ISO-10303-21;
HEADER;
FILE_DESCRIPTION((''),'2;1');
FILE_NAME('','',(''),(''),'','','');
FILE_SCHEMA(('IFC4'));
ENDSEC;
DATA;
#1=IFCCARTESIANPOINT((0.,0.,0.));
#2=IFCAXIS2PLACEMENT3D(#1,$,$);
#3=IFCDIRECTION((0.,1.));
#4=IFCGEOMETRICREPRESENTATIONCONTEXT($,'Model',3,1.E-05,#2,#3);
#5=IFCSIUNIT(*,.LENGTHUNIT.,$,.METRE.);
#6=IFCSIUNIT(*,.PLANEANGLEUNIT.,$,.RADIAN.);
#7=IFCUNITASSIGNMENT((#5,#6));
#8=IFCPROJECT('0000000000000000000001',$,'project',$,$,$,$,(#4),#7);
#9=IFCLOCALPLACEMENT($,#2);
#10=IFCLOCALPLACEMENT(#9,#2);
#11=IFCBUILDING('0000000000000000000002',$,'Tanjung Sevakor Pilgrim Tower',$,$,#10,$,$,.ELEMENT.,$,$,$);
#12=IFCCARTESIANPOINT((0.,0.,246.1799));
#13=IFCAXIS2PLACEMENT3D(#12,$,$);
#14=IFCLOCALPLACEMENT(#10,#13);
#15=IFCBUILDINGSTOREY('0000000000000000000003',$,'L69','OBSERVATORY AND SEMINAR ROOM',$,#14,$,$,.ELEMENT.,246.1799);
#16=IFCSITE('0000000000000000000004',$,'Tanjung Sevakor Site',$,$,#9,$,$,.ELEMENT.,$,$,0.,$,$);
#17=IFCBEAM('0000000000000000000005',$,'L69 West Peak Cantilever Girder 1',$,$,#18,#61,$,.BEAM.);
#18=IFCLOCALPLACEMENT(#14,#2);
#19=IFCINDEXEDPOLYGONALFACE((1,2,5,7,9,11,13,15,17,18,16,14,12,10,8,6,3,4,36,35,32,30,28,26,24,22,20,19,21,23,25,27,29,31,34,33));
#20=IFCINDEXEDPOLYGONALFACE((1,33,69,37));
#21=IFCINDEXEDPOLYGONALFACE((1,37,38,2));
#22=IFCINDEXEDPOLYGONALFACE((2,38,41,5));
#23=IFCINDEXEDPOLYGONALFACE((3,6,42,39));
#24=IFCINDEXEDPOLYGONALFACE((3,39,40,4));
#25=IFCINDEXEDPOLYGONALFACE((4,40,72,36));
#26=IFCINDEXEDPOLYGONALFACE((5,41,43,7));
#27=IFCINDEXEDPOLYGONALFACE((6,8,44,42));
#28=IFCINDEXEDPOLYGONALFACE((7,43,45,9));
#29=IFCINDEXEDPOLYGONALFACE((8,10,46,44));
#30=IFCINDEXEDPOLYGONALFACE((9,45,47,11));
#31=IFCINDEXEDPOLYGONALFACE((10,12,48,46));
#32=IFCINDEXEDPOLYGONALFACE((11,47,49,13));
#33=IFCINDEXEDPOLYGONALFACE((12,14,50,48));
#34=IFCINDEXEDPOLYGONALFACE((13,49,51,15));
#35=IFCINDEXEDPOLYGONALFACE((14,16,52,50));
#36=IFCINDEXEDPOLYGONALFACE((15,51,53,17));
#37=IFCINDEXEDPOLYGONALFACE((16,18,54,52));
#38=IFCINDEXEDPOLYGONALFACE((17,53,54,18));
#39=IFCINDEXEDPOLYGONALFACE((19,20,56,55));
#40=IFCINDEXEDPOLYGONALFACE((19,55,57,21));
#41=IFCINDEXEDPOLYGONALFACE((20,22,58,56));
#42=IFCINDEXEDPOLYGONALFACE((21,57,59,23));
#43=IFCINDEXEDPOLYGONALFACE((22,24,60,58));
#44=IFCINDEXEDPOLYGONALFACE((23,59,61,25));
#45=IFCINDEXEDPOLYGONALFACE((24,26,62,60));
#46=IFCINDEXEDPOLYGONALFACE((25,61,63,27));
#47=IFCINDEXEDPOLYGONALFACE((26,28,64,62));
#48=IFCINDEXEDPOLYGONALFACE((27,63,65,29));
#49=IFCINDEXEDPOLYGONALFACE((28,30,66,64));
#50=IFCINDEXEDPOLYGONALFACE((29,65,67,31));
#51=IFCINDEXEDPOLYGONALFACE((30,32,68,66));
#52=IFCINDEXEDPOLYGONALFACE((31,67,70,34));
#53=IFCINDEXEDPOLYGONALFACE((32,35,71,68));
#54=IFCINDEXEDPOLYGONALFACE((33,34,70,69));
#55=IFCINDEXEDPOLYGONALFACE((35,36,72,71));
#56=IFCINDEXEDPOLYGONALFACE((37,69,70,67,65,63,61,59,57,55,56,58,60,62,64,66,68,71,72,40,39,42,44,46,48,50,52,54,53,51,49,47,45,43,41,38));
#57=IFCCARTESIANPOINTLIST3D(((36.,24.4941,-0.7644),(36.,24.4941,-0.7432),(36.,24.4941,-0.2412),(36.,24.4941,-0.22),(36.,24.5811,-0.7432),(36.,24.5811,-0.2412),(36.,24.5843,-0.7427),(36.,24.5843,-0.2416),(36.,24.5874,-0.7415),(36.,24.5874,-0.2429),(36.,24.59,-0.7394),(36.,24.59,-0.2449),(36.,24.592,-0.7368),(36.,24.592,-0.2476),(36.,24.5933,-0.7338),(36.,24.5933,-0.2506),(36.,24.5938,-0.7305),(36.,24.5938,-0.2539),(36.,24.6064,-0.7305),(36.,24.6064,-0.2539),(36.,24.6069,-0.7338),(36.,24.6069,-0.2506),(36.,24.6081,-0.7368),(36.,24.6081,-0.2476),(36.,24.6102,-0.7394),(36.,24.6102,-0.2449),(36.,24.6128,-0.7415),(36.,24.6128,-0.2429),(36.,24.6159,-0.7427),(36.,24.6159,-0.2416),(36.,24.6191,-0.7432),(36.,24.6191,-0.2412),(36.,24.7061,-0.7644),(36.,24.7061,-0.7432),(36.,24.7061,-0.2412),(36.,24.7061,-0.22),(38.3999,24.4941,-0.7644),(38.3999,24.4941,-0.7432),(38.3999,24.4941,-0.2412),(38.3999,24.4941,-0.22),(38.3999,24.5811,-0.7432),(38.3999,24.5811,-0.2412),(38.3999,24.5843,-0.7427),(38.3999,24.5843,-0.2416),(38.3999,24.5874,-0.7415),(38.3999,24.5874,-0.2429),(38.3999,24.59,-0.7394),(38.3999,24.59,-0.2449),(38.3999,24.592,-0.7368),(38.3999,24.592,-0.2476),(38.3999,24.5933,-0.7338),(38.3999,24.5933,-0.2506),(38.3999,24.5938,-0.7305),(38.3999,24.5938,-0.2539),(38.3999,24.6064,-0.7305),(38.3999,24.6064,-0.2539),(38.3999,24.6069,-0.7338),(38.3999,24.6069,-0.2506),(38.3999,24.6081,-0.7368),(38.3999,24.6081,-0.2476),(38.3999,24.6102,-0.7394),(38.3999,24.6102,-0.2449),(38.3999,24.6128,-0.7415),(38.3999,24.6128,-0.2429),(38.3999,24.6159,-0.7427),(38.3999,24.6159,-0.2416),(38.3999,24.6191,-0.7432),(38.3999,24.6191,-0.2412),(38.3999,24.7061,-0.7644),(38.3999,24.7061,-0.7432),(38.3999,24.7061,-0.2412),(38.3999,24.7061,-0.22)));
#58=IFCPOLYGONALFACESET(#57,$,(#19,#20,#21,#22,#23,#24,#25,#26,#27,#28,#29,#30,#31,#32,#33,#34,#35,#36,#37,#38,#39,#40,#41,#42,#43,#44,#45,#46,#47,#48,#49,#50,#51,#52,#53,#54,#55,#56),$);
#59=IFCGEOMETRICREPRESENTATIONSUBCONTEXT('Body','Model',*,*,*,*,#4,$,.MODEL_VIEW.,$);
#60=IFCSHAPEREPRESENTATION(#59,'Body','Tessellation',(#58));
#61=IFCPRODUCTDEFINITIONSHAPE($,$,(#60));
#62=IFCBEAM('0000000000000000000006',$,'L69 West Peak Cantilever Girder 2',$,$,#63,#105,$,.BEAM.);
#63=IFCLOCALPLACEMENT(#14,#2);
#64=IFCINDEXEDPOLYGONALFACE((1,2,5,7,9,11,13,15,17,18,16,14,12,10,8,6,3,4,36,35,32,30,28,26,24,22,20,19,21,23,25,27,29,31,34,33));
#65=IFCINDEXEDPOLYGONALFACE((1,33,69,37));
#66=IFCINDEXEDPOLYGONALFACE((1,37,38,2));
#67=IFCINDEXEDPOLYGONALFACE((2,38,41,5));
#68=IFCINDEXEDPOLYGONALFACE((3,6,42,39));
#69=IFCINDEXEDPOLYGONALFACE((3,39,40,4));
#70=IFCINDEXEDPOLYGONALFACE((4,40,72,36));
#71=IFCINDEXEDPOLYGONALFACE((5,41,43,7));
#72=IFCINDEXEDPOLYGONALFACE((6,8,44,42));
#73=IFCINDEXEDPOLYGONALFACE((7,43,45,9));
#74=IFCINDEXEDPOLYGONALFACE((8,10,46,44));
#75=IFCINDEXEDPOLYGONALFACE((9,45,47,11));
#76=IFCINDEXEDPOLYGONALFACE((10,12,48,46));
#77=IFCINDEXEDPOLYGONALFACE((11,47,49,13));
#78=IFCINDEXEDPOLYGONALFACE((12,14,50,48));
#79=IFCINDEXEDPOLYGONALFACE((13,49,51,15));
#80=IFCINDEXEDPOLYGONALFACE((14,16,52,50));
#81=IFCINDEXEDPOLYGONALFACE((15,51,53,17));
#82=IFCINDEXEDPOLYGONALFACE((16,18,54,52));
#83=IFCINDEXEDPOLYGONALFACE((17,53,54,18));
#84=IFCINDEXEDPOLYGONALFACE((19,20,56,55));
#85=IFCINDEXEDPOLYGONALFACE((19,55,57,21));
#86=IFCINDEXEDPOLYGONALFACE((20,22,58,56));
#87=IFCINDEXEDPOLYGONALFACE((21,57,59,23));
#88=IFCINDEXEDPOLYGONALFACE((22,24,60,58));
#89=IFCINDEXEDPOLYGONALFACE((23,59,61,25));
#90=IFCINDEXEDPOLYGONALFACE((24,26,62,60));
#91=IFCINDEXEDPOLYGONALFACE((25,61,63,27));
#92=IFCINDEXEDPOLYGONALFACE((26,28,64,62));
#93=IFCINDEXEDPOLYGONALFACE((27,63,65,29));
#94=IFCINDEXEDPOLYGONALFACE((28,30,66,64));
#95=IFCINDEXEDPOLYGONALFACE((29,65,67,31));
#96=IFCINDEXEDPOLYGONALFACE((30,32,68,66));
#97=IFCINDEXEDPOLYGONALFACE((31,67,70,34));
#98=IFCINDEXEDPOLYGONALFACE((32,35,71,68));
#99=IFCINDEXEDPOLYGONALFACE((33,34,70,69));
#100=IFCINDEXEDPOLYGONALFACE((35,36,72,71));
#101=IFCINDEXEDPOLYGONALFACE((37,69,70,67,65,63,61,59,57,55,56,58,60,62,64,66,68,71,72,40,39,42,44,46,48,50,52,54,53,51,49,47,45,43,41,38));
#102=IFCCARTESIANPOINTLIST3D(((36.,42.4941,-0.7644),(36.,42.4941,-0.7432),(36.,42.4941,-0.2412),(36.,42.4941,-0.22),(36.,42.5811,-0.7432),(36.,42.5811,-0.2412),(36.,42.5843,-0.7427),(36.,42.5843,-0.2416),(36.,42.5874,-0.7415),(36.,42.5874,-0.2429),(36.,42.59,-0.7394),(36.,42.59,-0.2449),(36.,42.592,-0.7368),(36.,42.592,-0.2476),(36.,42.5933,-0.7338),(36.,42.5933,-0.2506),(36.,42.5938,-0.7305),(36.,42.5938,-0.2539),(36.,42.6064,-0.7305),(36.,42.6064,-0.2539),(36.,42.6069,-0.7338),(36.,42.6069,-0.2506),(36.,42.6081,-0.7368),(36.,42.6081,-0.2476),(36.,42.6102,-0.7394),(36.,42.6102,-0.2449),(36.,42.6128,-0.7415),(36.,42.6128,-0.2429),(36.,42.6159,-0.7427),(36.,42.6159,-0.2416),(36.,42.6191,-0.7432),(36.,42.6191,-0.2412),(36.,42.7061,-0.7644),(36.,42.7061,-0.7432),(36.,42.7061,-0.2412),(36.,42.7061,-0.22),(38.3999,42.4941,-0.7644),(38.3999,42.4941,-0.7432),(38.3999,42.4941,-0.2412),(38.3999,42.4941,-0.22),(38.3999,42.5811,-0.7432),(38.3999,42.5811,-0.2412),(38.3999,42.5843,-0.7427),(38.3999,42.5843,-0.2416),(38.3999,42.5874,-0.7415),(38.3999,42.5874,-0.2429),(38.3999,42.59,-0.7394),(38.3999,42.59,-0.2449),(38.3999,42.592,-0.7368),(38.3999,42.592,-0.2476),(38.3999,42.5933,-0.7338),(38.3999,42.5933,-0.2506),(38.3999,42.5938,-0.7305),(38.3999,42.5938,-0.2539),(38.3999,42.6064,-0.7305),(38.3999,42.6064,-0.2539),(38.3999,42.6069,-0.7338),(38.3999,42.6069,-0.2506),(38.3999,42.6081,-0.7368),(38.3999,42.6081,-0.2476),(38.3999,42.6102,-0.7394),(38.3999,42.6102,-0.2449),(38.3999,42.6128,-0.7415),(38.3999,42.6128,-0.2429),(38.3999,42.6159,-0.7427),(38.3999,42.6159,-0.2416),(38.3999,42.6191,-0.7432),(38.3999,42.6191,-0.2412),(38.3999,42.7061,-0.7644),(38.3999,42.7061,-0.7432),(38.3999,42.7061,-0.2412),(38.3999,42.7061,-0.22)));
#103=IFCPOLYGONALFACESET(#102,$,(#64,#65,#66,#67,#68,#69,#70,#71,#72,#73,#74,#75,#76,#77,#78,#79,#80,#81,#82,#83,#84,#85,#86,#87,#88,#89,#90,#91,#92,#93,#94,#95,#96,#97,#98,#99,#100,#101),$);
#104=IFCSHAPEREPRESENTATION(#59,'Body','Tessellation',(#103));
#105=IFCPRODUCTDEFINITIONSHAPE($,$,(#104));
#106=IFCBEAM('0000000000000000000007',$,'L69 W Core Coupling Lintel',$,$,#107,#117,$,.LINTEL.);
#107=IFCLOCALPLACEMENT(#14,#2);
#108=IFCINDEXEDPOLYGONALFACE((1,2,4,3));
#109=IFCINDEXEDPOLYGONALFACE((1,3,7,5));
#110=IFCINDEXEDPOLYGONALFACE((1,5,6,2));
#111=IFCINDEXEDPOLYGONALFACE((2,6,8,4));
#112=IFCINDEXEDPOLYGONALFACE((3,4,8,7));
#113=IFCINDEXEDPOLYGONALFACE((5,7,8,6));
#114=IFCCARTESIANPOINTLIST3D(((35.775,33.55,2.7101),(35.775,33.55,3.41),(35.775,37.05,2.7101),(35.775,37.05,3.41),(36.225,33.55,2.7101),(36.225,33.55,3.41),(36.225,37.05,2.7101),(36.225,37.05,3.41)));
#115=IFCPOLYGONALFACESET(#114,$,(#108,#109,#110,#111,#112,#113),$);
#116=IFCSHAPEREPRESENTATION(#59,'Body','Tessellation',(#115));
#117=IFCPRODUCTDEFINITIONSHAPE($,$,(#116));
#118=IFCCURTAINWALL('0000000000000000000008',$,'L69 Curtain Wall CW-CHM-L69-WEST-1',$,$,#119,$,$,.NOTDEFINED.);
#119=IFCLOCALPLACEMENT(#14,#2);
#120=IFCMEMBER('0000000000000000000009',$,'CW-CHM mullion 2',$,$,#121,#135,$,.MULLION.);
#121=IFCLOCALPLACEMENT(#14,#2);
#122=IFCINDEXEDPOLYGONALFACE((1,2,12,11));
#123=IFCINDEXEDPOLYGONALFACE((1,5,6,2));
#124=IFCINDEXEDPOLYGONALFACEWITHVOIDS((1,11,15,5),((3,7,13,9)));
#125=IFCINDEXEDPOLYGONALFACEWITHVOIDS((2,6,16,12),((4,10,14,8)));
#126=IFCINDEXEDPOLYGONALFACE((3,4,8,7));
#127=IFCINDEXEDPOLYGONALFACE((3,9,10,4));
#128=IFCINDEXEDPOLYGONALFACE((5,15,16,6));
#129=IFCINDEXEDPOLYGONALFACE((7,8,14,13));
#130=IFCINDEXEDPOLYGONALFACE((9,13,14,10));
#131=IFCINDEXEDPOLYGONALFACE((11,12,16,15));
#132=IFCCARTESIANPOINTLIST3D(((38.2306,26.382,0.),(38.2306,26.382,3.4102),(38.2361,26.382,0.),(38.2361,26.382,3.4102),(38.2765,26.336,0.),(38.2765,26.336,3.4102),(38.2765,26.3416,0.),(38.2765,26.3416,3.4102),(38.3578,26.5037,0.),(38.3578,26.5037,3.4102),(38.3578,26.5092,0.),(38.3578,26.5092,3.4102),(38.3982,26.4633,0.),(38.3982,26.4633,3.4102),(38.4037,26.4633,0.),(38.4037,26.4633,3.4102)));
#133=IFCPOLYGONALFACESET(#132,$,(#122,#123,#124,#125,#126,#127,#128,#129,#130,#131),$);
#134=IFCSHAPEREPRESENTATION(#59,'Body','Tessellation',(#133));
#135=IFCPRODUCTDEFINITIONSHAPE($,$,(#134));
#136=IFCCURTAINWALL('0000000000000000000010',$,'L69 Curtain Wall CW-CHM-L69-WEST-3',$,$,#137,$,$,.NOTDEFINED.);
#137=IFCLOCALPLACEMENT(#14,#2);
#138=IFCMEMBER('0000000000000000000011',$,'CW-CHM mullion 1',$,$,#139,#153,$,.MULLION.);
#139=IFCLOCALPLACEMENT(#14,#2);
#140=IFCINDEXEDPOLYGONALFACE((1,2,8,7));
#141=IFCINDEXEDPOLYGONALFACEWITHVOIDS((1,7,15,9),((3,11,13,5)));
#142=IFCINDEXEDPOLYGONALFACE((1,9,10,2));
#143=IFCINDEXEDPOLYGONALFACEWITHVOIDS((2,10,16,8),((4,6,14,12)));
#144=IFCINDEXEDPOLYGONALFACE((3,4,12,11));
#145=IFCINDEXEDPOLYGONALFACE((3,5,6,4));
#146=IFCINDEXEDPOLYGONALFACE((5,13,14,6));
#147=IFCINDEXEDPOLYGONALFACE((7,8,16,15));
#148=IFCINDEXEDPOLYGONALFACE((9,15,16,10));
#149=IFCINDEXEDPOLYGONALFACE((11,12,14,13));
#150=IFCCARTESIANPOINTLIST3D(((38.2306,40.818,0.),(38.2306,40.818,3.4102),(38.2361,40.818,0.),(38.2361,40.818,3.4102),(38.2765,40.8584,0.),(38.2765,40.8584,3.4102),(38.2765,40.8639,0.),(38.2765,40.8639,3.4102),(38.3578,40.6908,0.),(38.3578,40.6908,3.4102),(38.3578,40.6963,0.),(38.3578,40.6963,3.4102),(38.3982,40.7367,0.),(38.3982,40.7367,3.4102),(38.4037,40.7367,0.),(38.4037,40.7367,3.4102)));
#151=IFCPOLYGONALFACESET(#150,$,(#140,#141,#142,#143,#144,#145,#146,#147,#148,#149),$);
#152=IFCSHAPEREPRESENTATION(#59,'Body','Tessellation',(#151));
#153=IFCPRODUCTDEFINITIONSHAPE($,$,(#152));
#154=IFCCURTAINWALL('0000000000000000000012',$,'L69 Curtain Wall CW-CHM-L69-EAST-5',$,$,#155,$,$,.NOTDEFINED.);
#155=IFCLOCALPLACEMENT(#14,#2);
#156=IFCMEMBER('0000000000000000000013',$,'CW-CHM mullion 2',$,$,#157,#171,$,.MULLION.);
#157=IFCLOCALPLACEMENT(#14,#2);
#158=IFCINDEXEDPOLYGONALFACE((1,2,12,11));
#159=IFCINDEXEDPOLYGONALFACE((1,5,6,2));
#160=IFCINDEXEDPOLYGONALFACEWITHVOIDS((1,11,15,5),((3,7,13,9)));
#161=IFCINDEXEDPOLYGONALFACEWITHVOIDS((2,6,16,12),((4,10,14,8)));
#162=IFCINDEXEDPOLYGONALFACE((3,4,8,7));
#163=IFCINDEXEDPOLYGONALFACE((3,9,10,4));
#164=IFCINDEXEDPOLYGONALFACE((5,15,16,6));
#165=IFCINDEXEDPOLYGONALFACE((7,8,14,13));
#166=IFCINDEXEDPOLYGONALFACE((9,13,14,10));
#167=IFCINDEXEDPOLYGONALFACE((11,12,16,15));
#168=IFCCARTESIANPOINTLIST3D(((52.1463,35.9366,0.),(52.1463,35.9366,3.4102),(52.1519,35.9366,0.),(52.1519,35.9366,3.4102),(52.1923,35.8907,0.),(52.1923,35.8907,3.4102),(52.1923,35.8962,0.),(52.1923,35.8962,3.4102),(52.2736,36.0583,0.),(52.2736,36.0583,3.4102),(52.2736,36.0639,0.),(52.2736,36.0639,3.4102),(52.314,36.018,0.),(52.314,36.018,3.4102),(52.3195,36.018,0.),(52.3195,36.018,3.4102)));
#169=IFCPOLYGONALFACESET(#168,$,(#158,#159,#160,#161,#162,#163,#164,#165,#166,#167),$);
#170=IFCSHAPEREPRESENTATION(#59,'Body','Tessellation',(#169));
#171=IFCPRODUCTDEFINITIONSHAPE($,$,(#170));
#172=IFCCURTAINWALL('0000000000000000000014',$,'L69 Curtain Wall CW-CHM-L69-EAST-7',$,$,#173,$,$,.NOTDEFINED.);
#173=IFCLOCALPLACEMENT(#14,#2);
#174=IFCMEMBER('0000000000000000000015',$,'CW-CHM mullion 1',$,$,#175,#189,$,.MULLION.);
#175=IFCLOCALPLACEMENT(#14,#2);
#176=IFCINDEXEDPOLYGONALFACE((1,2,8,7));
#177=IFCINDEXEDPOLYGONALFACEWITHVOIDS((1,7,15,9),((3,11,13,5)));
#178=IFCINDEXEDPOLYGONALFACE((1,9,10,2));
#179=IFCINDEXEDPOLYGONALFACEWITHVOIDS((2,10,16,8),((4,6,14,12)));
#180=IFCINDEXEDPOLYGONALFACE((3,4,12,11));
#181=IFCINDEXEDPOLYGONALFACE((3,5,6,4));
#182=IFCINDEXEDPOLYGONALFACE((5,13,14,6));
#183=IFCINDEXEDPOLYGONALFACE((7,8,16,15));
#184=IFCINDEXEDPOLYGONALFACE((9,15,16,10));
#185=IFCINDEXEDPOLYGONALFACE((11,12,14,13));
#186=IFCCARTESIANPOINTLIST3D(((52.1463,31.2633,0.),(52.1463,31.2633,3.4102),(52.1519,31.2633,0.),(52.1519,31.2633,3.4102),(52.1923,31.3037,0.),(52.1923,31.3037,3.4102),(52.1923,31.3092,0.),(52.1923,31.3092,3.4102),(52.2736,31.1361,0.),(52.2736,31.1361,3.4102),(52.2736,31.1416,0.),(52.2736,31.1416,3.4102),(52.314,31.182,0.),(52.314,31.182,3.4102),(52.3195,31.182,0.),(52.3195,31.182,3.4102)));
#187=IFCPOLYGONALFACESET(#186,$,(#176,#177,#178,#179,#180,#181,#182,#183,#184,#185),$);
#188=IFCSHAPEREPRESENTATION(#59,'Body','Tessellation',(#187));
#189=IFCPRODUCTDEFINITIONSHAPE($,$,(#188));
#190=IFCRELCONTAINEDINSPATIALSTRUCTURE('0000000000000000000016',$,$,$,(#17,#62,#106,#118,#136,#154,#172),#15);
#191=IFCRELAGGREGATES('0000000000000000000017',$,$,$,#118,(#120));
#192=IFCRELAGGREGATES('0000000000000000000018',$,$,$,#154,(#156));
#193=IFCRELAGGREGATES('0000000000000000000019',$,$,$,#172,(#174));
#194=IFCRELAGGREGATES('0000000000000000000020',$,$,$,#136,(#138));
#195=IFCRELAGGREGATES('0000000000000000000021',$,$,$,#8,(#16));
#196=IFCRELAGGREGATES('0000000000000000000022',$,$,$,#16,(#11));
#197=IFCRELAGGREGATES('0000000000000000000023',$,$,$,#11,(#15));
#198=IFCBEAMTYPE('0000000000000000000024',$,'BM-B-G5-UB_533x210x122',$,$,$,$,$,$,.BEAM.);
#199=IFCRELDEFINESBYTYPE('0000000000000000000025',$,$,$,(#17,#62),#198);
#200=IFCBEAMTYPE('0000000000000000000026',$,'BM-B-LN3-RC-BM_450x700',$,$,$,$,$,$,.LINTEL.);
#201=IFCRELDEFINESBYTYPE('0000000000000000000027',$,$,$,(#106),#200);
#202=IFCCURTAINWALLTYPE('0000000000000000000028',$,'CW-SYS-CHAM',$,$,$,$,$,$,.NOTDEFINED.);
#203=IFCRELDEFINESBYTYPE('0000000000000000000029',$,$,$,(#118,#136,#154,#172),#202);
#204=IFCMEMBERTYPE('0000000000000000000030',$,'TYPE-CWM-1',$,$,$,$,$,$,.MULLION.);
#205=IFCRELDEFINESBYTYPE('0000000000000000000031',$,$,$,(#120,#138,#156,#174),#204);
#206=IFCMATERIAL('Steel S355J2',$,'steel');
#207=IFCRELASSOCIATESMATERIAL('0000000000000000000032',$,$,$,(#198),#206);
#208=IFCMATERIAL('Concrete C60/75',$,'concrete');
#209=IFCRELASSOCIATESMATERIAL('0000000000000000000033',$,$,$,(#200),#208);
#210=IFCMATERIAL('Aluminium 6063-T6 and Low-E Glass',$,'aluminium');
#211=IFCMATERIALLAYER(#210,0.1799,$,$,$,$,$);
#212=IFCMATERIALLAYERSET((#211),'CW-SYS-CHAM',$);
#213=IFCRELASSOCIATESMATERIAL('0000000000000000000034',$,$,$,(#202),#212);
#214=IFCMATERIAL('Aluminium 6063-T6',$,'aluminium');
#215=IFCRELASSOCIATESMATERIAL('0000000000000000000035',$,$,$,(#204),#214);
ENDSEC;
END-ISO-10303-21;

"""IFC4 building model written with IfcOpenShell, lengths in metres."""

from ifc_helpers import new_model, si_unit, direction, frame, origin, origin_2d, place, context, subcontext, project, spatial, rectangle, hollow_rectangle, i_section, extrude, material, layer, layer_set, material_profile, profile_set, type_object, element, aggregate, save


model = new_model("IFC4")

# Units and contexts
model_context = context("Model", 3, precision=1e-05, world=origin(), true_north=direction((0.0, 1.0)))
body_context = subcontext(model_context, "Body", "Model", "MODEL_VIEW")
ifc_project = project(units=[si_unit("LENGTHUNIT", "METRE"), si_unit("PLANEANGLEUNIT", "RADIAN")], contexts=[model_context])

# Site, building, storey
site_placement = place(None, origin())
site = spatial("IfcSite", under=ifc_project, at=site_placement, Name="Tanjung Sevakor Site", CompositionType="ELEMENT", RefElevation=0.0)
building_placement = place(site_placement, origin())
building = spatial("IfcBuilding", under=site, at=building_placement, Name="Tanjung Sevakor Pilgrim Tower", CompositionType="ELEMENT")
storey_placement = place(building_placement, frame((0.0, 0.0, 246.1799)))
storey = spatial("IfcBuildingStorey", under=building, at=storey_placement, Name="L69", Description="OBSERVATORY AND SEMINAR ROOM", CompositionType="ELEMENT", Elevation=246.1799)

# Beams
ifc_material_1 = material(Name="Steel S355J2", Category="steel")
ifc_material_profile_1 = material_profile(ifc_material_1, i_section(OverallWidth=0.2119, OverallDepth=0.5444, WebThickness=0.0127, FlangeThickness=0.0212, FilletRadius=0.0127, at=origin_2d()))
ifc_profile_set_1 = profile_set([ifc_material_profile_1], Name="Steel S355J2")
beam_type_1 = type_object("IfcBeamType", Name="BM-B-G5-UB_533x210x122", PredefinedType="BEAM", material=ifc_profile_set_1)
for number, where, z_axis, x_axis, name in (
    (1, (36.0, 24.6001, -0.4922), (1.0, 0.0, 0.0), (0.0, 1.0, 0.0), "L69 West Peak Cantilever Girder 1"),
    (2, (36.0, 42.6001, -0.4922), (1.0, 0.0, 0.0), (0.0, 1.0, 0.0), "L69 West Peak Cantilever Girder 2"),
):
    element("IfcBeam", number, at=place(storey_placement, frame(where, z_axis=z_axis, x_axis=x_axis)), inside=storey, type_object=beam_type_1, Name=name, PredefinedType="BEAM", context=body_context, shape_type="SweptSolid", body=[
        extrude(i_section(OverallWidth=0.2119, OverallDepth=0.5444, WebThickness=0.0127, FlangeThickness=0.0212, FilletRadius=0.0127, at=origin_2d()), origin(), (0.0, 0.0, 1.0), 2.3999),
    ])
ifc_material_2 = material(Name="Concrete C60/75", Category="concrete")
ifc_material_profile_2 = material_profile(ifc_material_2, rectangle(XDim=0.45, YDim=0.7, at=origin_2d()))
ifc_profile_set_2 = profile_set([ifc_material_profile_2], Name="Concrete C60/75")
beam_type_2 = type_object("IfcBeamType", Name="BM-B-LN3-RC-BM_450x700", PredefinedType="LINTEL", material=ifc_profile_set_2)
beam_placement = place(storey_placement, frame((36.0, 33.55, 3.0601), z_axis=(0.0, 1.0, 0.0), x_axis=(-1.0, 0.0, 0.0)))
element("IfcBeam", 3, at=beam_placement, inside=storey, type_object=beam_type_2, Name="L69 W Core Coupling Lintel", PredefinedType="LINTEL", context=body_context, shape_type="SweptSolid", body=[
    extrude(rectangle(XDim=0.45, YDim=0.7, at=origin_2d()), origin(), (0.0, 0.0, 1.0), 3.5),
])

# Curtain walls, members
ifc_material_3 = material(Name="Aluminium 6063-T6 and Low-E Glass", Category="aluminium")
ifc_layer_1 = layer(ifc_material_3, 0.1799)
ifc_layer_set_1 = layer_set([ifc_layer_1], Name="CW-SYS-CHAM")
curtain_wall_type_1 = type_object("IfcCurtainWallType", Name="CW-SYS-CHAM", PredefinedType="NOTDEFINED", material=ifc_layer_set_1)
curtain_wall_1_placement = place(storey_placement, origin())
curtain_wall_1 = element("IfcCurtainWall", 4, at=curtain_wall_1_placement, inside=storey, type_object=curtain_wall_type_1, Name="L69 Curtain Wall CW-CHM-L69-WEST-1", PredefinedType="NOTDEFINED")
ifc_material_4 = material(Name="Aluminium 6063-T6", Category="aluminium")
ifc_material_profile_3 = material_profile(ifc_material_4, hollow_rectangle(XDim=0.0649, YDim=0.1799, WallThickness=0.0039, at=origin_2d()))
ifc_profile_set_3 = profile_set([ifc_material_profile_3], Name="Aluminium 6063-T6")
member_type_1 = type_object("IfcMemberType", Name="TYPE-CWM-1", PredefinedType="MULLION", material=ifc_profile_set_3)
member_1_placement = place(storey_placement, frame((38.3171, 26.4226, 0.0), z_axis=(0.0, 0.0, 1.0), x_axis=(-0.707107, 0.707107, 0.0)))
member_1 = element("IfcMember", 5, at=member_1_placement, type_object=member_type_1, Name="CW-CHM mullion 2", PredefinedType="MULLION", context=body_context, shape_type="SweptSolid", body=[
    extrude(hollow_rectangle(XDim=0.0649, YDim=0.1799, WallThickness=0.0039, at=origin_2d()), origin(), (0.0, 0.0, 1.0), 3.4102),
])
aggregate(curtain_wall_1, [member_1])
curtain_wall_2_placement = place(storey_placement, origin())
curtain_wall_2 = element("IfcCurtainWall", 6, at=curtain_wall_2_placement, inside=storey, type_object=curtain_wall_type_1, Name="L69 Curtain Wall CW-CHM-L69-WEST-3", PredefinedType="NOTDEFINED")
member_2_placement = place(storey_placement, frame((38.3171, 40.7773, 0.0), z_axis=(0.0, 0.0, 1.0), x_axis=(-0.707107, -0.707107, 0.0)))
member_2 = element("IfcMember", 7, at=member_2_placement, type_object=member_type_1, Name="CW-CHM mullion 1", PredefinedType="MULLION", context=body_context, shape_type="SweptSolid", body=[
    extrude(hollow_rectangle(XDim=0.0649, YDim=0.1799, WallThickness=0.0039, at=origin_2d()), origin(), (0.0, 0.0, 1.0), 3.4102),
])
curtain_wall_3_placement = place(storey_placement, origin())
curtain_wall_3 = element("IfcCurtainWall", 8, at=curtain_wall_3_placement, inside=storey, type_object=curtain_wall_type_1, Name="L69 Curtain Wall CW-CHM-L69-EAST-5", PredefinedType="NOTDEFINED")
member_3_placement = place(storey_placement, frame((52.2329, 35.9773, 0.0), z_axis=(0.0, 0.0, 1.0), x_axis=(0.707107, -0.707107, 0.0)))
member_3 = element("IfcMember", 9, at=member_3_placement, type_object=member_type_1, Name="CW-CHM mullion 2", PredefinedType="MULLION", context=body_context, shape_type="SweptSolid", body=[
    extrude(hollow_rectangle(XDim=0.0649, YDim=0.1799, WallThickness=0.0039, at=origin_2d()), origin(), (0.0, 0.0, 1.0), 3.4102),
])
aggregate(curtain_wall_3, [member_3])
curtain_wall_4_placement = place(storey_placement, origin())
curtain_wall_4 = element("IfcCurtainWall", 10, at=curtain_wall_4_placement, inside=storey, type_object=curtain_wall_type_1, Name="L69 Curtain Wall CW-CHM-L69-EAST-7", PredefinedType="NOTDEFINED")
member_4_placement = place(storey_placement, frame((52.2329, 31.2227, 0.0), z_axis=(0.0, 0.0, 1.0), x_axis=(0.707107, 0.707107, 0.0)))
member_4 = element("IfcMember", 11, at=member_4_placement, type_object=member_type_1, Name="CW-CHM mullion 1", PredefinedType="MULLION", context=body_context, shape_type="SweptSolid", body=[
    extrude(hollow_rectangle(XDim=0.0649, YDim=0.1799, WallThickness=0.0039, at=origin_2d()), origin(), (0.0, 0.0, 1.0), 3.4102),
])

aggregate(curtain_wall_4, [member_4])

aggregate(curtain_wall_2, [member_2])

save(model, "model.ifc")
